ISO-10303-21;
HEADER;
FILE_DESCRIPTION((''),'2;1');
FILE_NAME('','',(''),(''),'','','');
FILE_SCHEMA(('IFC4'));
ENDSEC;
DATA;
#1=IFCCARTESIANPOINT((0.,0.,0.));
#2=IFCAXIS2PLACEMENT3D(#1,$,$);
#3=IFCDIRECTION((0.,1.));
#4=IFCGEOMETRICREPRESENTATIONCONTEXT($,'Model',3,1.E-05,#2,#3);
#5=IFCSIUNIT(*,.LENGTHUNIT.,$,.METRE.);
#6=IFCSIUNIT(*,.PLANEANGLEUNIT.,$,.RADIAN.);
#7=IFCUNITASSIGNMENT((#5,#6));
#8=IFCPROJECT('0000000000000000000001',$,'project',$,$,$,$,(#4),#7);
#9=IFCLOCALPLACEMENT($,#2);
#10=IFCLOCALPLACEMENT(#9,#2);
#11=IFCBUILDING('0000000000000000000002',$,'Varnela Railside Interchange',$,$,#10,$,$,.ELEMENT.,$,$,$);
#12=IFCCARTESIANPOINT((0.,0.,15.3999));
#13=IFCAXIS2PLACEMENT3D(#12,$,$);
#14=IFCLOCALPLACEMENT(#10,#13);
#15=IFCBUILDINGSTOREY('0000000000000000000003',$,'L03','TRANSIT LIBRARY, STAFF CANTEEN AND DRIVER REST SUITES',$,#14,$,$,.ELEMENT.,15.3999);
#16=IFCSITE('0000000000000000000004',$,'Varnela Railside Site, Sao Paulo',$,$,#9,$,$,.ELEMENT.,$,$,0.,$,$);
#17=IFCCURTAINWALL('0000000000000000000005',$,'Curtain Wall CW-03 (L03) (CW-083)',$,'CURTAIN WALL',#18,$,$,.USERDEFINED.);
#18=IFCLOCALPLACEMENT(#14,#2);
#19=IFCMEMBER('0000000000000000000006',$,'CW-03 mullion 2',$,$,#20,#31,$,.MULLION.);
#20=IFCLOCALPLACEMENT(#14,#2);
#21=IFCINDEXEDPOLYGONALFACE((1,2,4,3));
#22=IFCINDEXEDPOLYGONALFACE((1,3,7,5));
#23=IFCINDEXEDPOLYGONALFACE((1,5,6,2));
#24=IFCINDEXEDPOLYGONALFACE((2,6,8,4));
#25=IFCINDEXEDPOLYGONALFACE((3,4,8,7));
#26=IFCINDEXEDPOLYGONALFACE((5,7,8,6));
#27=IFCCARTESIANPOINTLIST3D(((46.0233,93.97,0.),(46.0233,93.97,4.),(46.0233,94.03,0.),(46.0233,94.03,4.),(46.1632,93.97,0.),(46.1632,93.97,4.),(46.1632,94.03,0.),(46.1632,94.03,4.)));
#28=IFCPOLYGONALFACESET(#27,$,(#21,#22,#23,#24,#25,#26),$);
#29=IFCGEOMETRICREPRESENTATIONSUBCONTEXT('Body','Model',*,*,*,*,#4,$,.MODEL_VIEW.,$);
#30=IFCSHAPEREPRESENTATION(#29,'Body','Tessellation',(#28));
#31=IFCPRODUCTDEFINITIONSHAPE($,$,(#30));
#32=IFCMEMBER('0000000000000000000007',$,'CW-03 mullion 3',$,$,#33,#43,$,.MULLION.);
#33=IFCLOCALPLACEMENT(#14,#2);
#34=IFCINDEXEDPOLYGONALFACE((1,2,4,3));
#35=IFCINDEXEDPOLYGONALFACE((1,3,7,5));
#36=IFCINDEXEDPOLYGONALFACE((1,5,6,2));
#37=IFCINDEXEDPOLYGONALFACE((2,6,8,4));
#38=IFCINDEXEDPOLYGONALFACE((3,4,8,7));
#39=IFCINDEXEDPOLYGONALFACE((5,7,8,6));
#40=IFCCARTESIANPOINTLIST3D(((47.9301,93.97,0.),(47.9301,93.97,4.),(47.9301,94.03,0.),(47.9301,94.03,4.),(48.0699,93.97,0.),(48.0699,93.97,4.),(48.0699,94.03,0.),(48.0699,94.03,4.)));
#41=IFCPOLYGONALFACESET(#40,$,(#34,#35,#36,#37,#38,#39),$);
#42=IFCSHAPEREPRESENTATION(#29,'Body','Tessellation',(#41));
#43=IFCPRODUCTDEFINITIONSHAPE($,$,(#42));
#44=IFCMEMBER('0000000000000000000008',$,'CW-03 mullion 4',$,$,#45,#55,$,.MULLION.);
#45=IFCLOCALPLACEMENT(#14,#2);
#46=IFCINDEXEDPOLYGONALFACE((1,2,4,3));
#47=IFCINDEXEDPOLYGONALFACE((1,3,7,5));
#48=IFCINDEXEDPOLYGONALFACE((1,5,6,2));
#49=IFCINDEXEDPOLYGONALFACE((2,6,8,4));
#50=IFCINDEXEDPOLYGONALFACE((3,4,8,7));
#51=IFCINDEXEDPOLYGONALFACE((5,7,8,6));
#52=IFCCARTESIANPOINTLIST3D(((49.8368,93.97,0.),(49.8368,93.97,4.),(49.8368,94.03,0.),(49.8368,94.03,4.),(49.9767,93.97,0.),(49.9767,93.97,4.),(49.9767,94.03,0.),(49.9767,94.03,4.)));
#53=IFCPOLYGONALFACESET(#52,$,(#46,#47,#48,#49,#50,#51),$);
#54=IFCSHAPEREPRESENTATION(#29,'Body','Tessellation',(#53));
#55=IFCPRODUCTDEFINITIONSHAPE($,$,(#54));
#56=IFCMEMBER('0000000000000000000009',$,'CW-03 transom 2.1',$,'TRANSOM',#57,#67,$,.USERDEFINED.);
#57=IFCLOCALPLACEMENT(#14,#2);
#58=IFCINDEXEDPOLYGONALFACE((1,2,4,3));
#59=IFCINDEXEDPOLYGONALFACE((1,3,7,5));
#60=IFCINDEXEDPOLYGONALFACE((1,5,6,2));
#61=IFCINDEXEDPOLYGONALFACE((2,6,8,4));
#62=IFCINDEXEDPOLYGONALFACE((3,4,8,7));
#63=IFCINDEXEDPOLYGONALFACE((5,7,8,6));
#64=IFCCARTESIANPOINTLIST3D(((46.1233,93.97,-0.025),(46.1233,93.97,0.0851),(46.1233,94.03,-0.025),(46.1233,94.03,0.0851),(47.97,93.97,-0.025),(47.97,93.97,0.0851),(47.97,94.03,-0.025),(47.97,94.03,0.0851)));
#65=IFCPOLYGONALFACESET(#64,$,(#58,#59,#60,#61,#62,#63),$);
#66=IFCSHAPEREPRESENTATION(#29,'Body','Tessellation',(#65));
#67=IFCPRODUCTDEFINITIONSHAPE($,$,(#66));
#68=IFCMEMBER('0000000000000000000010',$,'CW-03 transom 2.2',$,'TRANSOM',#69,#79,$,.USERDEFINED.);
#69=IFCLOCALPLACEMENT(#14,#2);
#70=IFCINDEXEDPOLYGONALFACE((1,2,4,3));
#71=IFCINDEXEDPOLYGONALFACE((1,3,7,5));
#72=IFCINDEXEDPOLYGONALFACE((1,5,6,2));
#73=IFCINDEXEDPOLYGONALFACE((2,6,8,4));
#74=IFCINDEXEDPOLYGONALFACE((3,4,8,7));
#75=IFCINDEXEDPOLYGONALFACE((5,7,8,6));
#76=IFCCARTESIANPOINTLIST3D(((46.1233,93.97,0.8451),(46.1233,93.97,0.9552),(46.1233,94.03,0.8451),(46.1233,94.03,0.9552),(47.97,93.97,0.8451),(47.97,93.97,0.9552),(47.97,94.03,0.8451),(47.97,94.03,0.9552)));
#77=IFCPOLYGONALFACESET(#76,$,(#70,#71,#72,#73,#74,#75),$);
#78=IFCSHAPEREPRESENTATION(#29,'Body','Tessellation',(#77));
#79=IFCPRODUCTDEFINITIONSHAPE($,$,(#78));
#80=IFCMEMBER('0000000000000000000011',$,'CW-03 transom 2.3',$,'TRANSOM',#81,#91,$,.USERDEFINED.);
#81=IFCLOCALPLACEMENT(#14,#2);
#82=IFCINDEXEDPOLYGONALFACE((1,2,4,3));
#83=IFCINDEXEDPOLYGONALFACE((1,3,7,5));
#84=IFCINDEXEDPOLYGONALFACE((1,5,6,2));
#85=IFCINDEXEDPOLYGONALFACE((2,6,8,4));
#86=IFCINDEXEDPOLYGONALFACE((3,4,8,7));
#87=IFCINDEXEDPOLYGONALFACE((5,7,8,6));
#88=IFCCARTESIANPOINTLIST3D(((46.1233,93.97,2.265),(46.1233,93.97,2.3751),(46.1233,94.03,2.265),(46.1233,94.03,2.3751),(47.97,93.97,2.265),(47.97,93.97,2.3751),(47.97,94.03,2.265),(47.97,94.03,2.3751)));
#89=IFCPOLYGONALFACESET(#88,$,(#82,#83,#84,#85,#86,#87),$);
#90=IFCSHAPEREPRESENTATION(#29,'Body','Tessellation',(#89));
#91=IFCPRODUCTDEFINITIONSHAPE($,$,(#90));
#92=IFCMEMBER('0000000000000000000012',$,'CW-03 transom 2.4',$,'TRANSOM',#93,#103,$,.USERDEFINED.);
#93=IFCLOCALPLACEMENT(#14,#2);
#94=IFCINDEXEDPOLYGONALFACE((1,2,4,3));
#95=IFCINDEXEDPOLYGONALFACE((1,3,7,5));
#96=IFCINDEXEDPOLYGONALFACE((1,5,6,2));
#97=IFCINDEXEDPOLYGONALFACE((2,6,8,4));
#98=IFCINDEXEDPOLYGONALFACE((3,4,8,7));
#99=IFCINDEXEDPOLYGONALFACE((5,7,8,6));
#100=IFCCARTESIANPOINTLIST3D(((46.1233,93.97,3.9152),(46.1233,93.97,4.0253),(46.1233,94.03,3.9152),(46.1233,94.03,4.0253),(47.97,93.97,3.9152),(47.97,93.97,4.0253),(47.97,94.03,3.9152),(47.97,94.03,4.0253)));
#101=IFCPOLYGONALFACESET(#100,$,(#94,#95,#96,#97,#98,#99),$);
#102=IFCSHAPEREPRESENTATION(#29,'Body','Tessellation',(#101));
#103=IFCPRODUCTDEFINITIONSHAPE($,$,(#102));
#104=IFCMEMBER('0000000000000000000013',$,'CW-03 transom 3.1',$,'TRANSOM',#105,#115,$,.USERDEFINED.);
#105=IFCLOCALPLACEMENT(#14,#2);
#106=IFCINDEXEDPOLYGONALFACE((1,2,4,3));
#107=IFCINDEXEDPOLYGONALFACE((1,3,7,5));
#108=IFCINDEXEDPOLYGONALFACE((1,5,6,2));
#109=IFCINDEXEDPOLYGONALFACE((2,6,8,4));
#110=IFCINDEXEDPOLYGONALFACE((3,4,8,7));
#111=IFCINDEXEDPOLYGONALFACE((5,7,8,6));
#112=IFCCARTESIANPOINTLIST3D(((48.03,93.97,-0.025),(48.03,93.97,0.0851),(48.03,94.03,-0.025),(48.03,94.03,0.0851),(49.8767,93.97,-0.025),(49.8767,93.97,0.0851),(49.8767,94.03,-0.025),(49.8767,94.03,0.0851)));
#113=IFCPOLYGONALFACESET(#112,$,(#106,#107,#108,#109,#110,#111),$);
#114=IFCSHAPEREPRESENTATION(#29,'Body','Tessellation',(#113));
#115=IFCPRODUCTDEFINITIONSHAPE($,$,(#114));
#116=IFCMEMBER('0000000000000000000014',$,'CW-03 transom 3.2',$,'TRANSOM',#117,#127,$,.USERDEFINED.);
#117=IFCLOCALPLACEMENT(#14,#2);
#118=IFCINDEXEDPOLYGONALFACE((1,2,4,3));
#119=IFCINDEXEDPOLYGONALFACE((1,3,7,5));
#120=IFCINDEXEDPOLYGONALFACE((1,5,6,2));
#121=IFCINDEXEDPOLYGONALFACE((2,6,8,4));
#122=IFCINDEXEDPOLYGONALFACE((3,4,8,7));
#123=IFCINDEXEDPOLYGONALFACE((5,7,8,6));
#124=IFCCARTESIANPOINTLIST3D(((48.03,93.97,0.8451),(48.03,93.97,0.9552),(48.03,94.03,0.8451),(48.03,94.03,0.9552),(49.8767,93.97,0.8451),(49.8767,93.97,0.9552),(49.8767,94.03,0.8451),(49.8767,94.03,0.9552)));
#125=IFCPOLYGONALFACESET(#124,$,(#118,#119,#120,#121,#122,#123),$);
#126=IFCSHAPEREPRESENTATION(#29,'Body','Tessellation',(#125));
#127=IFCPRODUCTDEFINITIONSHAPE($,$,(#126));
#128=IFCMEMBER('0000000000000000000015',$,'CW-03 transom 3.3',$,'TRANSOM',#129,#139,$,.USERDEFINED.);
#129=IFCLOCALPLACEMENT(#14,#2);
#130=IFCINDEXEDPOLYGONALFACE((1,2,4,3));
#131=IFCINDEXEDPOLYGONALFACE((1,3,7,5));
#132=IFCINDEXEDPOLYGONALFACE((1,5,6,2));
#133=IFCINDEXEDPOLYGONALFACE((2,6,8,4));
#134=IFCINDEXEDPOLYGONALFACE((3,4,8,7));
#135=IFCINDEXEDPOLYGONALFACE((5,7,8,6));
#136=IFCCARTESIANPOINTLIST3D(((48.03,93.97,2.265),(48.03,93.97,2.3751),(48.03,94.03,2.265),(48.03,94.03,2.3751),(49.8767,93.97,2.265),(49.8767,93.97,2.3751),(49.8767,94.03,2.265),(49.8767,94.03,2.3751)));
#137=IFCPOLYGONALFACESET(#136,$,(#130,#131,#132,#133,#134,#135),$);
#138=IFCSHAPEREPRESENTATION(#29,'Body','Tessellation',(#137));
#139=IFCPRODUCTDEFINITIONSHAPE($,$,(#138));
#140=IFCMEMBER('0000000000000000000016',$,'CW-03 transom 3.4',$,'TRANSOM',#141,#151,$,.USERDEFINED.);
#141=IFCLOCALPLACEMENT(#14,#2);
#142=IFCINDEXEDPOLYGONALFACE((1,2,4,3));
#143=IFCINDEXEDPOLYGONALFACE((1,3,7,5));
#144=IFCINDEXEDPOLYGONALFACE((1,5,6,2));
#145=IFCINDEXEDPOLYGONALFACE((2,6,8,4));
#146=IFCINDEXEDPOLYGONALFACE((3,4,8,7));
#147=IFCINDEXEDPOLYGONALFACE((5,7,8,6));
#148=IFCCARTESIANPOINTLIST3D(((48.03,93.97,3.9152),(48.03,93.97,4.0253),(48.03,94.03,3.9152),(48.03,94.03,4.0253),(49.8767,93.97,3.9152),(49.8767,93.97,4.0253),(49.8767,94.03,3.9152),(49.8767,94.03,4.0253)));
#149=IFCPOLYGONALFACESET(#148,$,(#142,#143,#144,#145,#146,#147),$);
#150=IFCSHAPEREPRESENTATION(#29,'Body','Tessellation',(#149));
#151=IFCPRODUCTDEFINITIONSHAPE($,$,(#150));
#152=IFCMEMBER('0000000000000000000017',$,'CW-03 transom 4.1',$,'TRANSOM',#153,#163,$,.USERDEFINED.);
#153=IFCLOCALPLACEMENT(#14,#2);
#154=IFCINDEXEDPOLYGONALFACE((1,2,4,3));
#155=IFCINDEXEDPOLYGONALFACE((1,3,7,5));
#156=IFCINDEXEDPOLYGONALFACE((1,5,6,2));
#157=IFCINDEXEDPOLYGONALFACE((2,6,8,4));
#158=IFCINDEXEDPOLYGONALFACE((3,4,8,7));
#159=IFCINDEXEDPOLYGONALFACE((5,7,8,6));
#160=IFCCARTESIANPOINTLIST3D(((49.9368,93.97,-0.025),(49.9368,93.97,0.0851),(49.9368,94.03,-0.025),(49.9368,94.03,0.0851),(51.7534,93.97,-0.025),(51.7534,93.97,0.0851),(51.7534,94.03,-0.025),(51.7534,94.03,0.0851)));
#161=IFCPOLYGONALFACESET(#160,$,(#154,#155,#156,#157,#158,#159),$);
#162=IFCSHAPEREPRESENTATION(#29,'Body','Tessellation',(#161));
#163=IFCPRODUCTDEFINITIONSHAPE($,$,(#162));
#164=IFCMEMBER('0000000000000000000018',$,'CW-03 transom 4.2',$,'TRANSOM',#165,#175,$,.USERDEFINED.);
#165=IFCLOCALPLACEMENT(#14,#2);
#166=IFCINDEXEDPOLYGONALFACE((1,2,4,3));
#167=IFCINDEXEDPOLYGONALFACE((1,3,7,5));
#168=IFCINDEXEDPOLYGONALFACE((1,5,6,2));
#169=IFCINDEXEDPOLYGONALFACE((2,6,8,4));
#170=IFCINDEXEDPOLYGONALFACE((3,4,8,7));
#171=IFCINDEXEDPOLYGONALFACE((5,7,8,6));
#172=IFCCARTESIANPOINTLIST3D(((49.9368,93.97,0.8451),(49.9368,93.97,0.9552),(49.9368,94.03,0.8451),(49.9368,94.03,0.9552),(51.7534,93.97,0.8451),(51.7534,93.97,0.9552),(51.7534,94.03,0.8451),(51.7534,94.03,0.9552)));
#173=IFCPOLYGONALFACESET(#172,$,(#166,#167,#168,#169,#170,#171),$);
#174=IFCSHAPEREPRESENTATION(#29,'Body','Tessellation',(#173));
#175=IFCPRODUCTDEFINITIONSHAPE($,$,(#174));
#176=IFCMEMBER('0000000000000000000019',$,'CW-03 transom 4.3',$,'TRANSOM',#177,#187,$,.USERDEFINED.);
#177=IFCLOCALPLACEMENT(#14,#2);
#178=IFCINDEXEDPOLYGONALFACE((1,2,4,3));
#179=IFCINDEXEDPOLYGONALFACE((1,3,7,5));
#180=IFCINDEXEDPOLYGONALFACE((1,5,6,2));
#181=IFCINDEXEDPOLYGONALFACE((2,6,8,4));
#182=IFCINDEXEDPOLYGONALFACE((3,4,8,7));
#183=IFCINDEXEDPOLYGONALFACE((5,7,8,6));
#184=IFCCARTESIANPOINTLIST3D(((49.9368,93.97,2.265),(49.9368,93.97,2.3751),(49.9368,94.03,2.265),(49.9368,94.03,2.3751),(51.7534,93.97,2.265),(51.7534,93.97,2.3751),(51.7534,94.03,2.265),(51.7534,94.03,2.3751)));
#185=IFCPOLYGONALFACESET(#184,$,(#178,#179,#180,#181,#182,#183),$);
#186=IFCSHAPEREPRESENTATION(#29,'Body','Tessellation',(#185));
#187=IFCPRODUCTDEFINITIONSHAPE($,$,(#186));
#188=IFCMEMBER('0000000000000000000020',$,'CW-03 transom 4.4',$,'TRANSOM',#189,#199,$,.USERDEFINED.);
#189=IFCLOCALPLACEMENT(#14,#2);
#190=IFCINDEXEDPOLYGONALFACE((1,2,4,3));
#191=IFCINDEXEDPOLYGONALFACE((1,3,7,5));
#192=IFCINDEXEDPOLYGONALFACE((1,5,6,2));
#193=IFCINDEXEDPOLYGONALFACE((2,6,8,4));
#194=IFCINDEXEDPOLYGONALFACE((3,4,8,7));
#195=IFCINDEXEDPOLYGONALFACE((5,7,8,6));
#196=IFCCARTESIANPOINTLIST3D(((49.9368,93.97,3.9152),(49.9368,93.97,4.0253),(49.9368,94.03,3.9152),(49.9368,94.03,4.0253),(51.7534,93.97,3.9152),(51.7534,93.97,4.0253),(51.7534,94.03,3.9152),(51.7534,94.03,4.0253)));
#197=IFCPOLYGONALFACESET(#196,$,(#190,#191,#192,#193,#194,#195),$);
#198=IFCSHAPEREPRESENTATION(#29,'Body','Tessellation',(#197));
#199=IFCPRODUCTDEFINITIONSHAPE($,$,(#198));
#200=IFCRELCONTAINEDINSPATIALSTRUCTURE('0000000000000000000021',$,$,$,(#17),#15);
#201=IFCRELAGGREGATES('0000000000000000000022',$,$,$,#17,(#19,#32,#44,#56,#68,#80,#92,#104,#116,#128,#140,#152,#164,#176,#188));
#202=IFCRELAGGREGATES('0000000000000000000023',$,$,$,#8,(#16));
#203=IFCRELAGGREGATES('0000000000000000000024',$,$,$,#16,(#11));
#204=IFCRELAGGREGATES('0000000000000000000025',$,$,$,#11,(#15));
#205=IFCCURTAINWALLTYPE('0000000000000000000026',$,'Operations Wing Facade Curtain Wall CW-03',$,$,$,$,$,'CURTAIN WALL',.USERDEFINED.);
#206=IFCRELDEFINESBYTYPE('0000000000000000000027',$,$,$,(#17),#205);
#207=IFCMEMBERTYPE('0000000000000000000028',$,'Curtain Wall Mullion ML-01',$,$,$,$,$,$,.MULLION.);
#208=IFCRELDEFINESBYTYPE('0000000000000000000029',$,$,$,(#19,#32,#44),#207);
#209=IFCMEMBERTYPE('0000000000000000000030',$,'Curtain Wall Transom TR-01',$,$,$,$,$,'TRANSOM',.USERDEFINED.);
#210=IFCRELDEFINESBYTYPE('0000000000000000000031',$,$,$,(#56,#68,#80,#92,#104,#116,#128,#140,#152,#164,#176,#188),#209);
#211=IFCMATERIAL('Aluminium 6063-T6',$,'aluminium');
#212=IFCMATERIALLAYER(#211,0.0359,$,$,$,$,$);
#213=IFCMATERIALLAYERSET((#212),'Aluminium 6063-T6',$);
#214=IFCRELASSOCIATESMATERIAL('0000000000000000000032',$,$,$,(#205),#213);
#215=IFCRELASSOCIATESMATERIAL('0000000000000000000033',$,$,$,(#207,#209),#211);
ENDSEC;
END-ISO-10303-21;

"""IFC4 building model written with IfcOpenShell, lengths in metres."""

from ifc_helpers import new_model, si_unit, direction, frame, origin, origin_2d, place, context, subcontext, project, spatial, rectangle, extrude, material, layer, layer_set, material_profile, profile_set, type_object, element, aggregate, save


model = new_model("IFC4")

# Units and contexts
model_context = context("Model", 3, precision=1e-05, world=origin(), true_north=direction((0.0, 1.0)))
body_context = subcontext(model_context, "Body", "Model", "MODEL_VIEW")
ifc_project = project(units=[si_unit("LENGTHUNIT", "METRE"), si_unit("PLANEANGLEUNIT", "RADIAN")], contexts=[model_context])

# Site, building, storey
site_placement = place(None, origin())
site = spatial("IfcSite", under=ifc_project, at=site_placement, Name="Varnela Railside Site, Sao Paulo", CompositionType="ELEMENT", RefElevation=0.0)
building_placement = place(site_placement, origin())
building = spatial("IfcBuilding", under=site, at=building_placement, Name="Varnela Railside Interchange", CompositionType="ELEMENT")
storey_placement = place(building_placement, frame((0.0, 0.0, 15.3999)))
storey = spatial("IfcBuildingStorey", under=building, at=storey_placement, Name="L03", Description="TRANSIT LIBRARY, STAFF CANTEEN AND DRIVER REST SUITES", CompositionType="ELEMENT", Elevation=15.3999)

# Curtain wall, members
ifc_material_1 = material(Name="Aluminium 6063-T6", Category="aluminium")
ifc_layer_1 = layer(ifc_material_1, 0.0359)
ifc_layer_set_1 = layer_set([ifc_layer_1], Name="Aluminium 6063-T6")
curtain_wall_type = type_object("IfcCurtainWallType", Name="Operations Wing Facade Curtain Wall CW-03", ElementType="CURTAIN WALL", PredefinedType="USERDEFINED", material=ifc_layer_set_1)
curtain_wall_placement = place(storey_placement, origin())
curtain_wall = element("IfcCurtainWall", 1, at=curtain_wall_placement, inside=storey, type_object=curtain_wall_type, Name="Curtain Wall CW-03 (L03) (CW-083)", ObjectType="CURTAIN WALL", PredefinedType="USERDEFINED")
ifc_material_profile_1 = material_profile(ifc_material_1, rectangle(XDim=0.0601, YDim=0.1399, at=origin_2d()), Name="ALU 60x140")
ifc_profile_set_1 = profile_set([ifc_material_profile_1], Name="Aluminium 6063-T6")
member_type_1 = type_object("IfcMemberType", Name="Curtain Wall Mullion ML-01", PredefinedType="MULLION", material=ifc_profile_set_1)
member_1_placement = place(storey_placement, frame((46.0933, 94.0, 0.0), z_axis=(0.0, 0.0, 1.0), x_axis=(0.0, 1.0, 0.0)))
member_1 = element("IfcMember", 2, at=member_1_placement, type_object=member_type_1, Name="CW-03 mullion 2", PredefinedType="MULLION", context=body_context, shape_type="SweptSolid", body=[
    extrude(rectangle(XDim=0.0601, YDim=0.1399, at=origin_2d()), origin(), (0.0, 0.0, 1.0), 4.0),
])
member_2_placement = place(storey_placement, frame((48.0, 94.0, 0.0), z_axis=(0.0, 0.0, 1.0), x_axis=(0.0, 1.0, 0.0)))
member_2 = element("IfcMember", 3, at=member_2_placement, type_object=member_type_1, Name="CW-03 mullion 3", PredefinedType="MULLION", context=body_context, shape_type="SweptSolid", body=[
    extrude(rectangle(XDim=0.0601, YDim=0.1399, at=origin_2d()), origin(), (0.0, 0.0, 1.0), 4.0),
])
member_3_placement = place(storey_placement, frame((49.9067, 94.0, 0.0), z_axis=(0.0, 0.0, 1.0), x_axis=(0.0, 1.0, 0.0)))
member_3 = element("IfcMember", 4, at=member_3_placement, type_object=member_type_1, Name="CW-03 mullion 4", PredefinedType="MULLION", context=body_context, shape_type="SweptSolid", body=[
    extrude(rectangle(XDim=0.0601, YDim=0.1399, at=origin_2d()), origin(), (0.0, 0.0, 1.0), 4.0),
])
ifc_material_profile_2 = material_profile(ifc_material_1, rectangle(XDim=0.0601, YDim=0.1101, at=origin_2d()), Name="ALU 60x110")
ifc_profile_set_2 = profile_set([ifc_material_profile_2], Name="Aluminium 6063-T6")
member_type_2 = type_object("IfcMemberType", Name="Curtain Wall Transom TR-01", ElementType="TRANSOM", PredefinedType="USERDEFINED", material=ifc_profile_set_2)
member_4_placement = place(storey_placement, frame((46.1233, 94.0, 0.03), z_axis=(1.0, 0.0, 0.0), x_axis=(0.0, 1.0, 0.0)))
member_4 = element("IfcMember", 5, at=member_4_placement, type_object=member_type_2, Name="CW-03 transom 2.1", ObjectType="TRANSOM", PredefinedType="USERDEFINED", context=body_context, shape_type="SweptSolid", body=[
    extrude(rectangle(XDim=0.0601, YDim=0.1101, at=origin_2d()), origin(), (0.0, 0.0, 1.0), 1.8467),
])
member_5_placement = place(storey_placement, frame((46.1233, 94.0, 0.9001), z_axis=(1.0, 0.0, 0.0), x_axis=(0.0, 1.0, 0.0)))
member_5 = element("IfcMember", 6, at=member_5_placement, type_object=member_type_2, Name="CW-03 transom 2.2", ObjectType="TRANSOM", PredefinedType="USERDEFINED", context=body_context, shape_type="SweptSolid", body=[
    extrude(rectangle(XDim=0.0601, YDim=0.1101, at=origin_2d()), origin(), (0.0, 0.0, 1.0), 1.8467),
])
member_6_placement = place(storey_placement, frame((46.1233, 94.0, 2.3201), z_axis=(1.0, 0.0, 0.0), x_axis=(0.0, 1.0, 0.0)))
member_6 = element("IfcMember", 7, at=member_6_placement, type_object=member_type_2, Name="CW-03 transom 2.3", ObjectType="TRANSOM", PredefinedType="USERDEFINED", context=body_context, shape_type="SweptSolid", body=[
    extrude(rectangle(XDim=0.0601, YDim=0.1101, at=origin_2d()), origin(), (0.0, 0.0, 1.0), 1.8467),
])
member_7_placement = place(storey_placement, frame((46.1233, 94.0, 3.9702), z_axis=(1.0, 0.0, 0.0), x_axis=(0.0, 1.0, 0.0)))
member_7 = element("IfcMember", 8, at=member_7_placement, type_object=member_type_2, Name="CW-03 transom 2.4", ObjectType="TRANSOM", PredefinedType="USERDEFINED", context=body_context, shape_type="SweptSolid", body=[
    extrude(rectangle(XDim=0.0601, YDim=0.1101, at=origin_2d()), origin(), (0.0, 0.0, 1.0), 1.8467),
])
member_8_placement = place(storey_placement, frame((48.03, 94.0, 0.03), z_axis=(1.0, 0.0, 0.0), x_axis=(0.0, 1.0, 0.0)))
member_8 = element("IfcMember", 9, at=member_8_placement, type_object=member_type_2, Name="CW-03 transom 3.1", ObjectType="TRANSOM", PredefinedType="USERDEFINED", context=body_context, shape_type="SweptSolid", body=[
    extrude(rectangle(XDim=0.0601, YDim=0.1101, at=origin_2d()), origin(), (0.0, 0.0, 1.0), 1.8467),
])
member_9_placement = place(storey_placement, frame((48.03, 94.0, 0.9001), z_axis=(1.0, 0.0, 0.0), x_axis=(0.0, 1.0, 0.0)))
member_9 = element("IfcMember", 10, at=member_9_placement, type_object=member_type_2, Name="CW-03 transom 3.2", ObjectType="TRANSOM", PredefinedType="USERDEFINED", context=body_context, shape_type="SweptSolid", body=[
    extrude(rectangle(XDim=0.0601, YDim=0.1101, at=origin_2d()), origin(), (0.0, 0.0, 1.0), 1.8467),
])
member_10_placement = place(storey_placement, frame((48.03, 94.0, 2.3201), z_axis=(1.0, 0.0, 0.0), x_axis=(0.0, 1.0, 0.0)))
member_10 = element("IfcMember", 11, at=member_10_placement, type_object=member_type_2, Name="CW-03 transom 3.3", ObjectType="TRANSOM", PredefinedType="USERDEFINED", context=body_context, shape_type="SweptSolid", body=[
    extrude(rectangle(XDim=0.0601, YDim=0.1101, at=origin_2d()), origin(), (0.0, 0.0, 1.0), 1.8467),
])
member_11_placement = place(storey_placement, frame((48.03, 94.0, 3.9702), z_axis=(1.0, 0.0, 0.0), x_axis=(0.0, 1.0, 0.0)))
member_11 = element("IfcMember", 12, at=member_11_placement, type_object=member_type_2, Name="CW-03 transom 3.4", ObjectType="TRANSOM", PredefinedType="USERDEFINED", context=body_context, shape_type="SweptSolid", body=[
    extrude(rectangle(XDim=0.0601, YDim=0.1101, at=origin_2d()), origin(), (0.0, 0.0, 1.0), 1.8467),
])
member_12_placement = place(storey_placement, frame((49.9368, 94.0, 0.03), z_axis=(1.0, 0.0, 0.0), x_axis=(0.0, 1.0, 0.0)))
member_12 = element("IfcMember", 13, at=member_12_placement, type_object=member_type_2, Name="CW-03 transom 4.1", ObjectType="TRANSOM", PredefinedType="USERDEFINED", context=body_context, shape_type="SweptSolid", body=[
    extrude(rectangle(XDim=0.0601, YDim=0.1101, at=origin_2d()), origin(), (0.0, 0.0, 1.0), 1.8167),
])
member_13_placement = place(storey_placement, frame((49.9368, 94.0, 0.9001), z_axis=(1.0, 0.0, 0.0), x_axis=(0.0, 1.0, 0.0)))
member_13 = element("IfcMember", 14, at=member_13_placement, type_object=member_type_2, Name="CW-03 transom 4.2", ObjectType="TRANSOM", PredefinedType="USERDEFINED", context=body_context, shape_type="SweptSolid", body=[
    extrude(rectangle(XDim=0.0601, YDim=0.1101, at=origin_2d()), origin(), (0.0, 0.0, 1.0), 1.8167),
])
member_14_placement = place(storey_placement, frame((49.9368, 94.0, 2.3201), z_axis=(1.0, 0.0, 0.0), x_axis=(0.0, 1.0, 0.0)))
member_14 = element("IfcMember", 15, at=member_14_placement, type_object=member_type_2, Name="CW-03 transom 4.3", ObjectType="TRANSOM", PredefinedType="USERDEFINED", context=body_context, shape_type="SweptSolid", body=[
    extrude(rectangle(XDim=0.0601, YDim=0.1101, at=origin_2d()), origin(), (0.0, 0.0, 1.0), 1.8167),
])
member_15_placement = place(storey_placement, frame((49.9368, 94.0, 3.9702), z_axis=(1.0, 0.0, 0.0), x_axis=(0.0, 1.0, 0.0)))
member_15 = element("IfcMember", 16, at=member_15_placement, type_object=member_type_2, Name="CW-03 transom 4.4", ObjectType="TRANSOM", PredefinedType="USERDEFINED", context=body_context, shape_type="SweptSolid", body=[
    extrude(rectangle(XDim=0.0601, YDim=0.1101, at=origin_2d()), origin(), (0.0, 0.0, 1.0), 1.8167),
])
aggregate(curtain_wall, [member_1, member_2, member_3, member_4, member_5, member_6, member_7, member_8, member_9, member_10, member_11, member_12, member_13, member_14, member_15])

save(model, "model.ifc")
